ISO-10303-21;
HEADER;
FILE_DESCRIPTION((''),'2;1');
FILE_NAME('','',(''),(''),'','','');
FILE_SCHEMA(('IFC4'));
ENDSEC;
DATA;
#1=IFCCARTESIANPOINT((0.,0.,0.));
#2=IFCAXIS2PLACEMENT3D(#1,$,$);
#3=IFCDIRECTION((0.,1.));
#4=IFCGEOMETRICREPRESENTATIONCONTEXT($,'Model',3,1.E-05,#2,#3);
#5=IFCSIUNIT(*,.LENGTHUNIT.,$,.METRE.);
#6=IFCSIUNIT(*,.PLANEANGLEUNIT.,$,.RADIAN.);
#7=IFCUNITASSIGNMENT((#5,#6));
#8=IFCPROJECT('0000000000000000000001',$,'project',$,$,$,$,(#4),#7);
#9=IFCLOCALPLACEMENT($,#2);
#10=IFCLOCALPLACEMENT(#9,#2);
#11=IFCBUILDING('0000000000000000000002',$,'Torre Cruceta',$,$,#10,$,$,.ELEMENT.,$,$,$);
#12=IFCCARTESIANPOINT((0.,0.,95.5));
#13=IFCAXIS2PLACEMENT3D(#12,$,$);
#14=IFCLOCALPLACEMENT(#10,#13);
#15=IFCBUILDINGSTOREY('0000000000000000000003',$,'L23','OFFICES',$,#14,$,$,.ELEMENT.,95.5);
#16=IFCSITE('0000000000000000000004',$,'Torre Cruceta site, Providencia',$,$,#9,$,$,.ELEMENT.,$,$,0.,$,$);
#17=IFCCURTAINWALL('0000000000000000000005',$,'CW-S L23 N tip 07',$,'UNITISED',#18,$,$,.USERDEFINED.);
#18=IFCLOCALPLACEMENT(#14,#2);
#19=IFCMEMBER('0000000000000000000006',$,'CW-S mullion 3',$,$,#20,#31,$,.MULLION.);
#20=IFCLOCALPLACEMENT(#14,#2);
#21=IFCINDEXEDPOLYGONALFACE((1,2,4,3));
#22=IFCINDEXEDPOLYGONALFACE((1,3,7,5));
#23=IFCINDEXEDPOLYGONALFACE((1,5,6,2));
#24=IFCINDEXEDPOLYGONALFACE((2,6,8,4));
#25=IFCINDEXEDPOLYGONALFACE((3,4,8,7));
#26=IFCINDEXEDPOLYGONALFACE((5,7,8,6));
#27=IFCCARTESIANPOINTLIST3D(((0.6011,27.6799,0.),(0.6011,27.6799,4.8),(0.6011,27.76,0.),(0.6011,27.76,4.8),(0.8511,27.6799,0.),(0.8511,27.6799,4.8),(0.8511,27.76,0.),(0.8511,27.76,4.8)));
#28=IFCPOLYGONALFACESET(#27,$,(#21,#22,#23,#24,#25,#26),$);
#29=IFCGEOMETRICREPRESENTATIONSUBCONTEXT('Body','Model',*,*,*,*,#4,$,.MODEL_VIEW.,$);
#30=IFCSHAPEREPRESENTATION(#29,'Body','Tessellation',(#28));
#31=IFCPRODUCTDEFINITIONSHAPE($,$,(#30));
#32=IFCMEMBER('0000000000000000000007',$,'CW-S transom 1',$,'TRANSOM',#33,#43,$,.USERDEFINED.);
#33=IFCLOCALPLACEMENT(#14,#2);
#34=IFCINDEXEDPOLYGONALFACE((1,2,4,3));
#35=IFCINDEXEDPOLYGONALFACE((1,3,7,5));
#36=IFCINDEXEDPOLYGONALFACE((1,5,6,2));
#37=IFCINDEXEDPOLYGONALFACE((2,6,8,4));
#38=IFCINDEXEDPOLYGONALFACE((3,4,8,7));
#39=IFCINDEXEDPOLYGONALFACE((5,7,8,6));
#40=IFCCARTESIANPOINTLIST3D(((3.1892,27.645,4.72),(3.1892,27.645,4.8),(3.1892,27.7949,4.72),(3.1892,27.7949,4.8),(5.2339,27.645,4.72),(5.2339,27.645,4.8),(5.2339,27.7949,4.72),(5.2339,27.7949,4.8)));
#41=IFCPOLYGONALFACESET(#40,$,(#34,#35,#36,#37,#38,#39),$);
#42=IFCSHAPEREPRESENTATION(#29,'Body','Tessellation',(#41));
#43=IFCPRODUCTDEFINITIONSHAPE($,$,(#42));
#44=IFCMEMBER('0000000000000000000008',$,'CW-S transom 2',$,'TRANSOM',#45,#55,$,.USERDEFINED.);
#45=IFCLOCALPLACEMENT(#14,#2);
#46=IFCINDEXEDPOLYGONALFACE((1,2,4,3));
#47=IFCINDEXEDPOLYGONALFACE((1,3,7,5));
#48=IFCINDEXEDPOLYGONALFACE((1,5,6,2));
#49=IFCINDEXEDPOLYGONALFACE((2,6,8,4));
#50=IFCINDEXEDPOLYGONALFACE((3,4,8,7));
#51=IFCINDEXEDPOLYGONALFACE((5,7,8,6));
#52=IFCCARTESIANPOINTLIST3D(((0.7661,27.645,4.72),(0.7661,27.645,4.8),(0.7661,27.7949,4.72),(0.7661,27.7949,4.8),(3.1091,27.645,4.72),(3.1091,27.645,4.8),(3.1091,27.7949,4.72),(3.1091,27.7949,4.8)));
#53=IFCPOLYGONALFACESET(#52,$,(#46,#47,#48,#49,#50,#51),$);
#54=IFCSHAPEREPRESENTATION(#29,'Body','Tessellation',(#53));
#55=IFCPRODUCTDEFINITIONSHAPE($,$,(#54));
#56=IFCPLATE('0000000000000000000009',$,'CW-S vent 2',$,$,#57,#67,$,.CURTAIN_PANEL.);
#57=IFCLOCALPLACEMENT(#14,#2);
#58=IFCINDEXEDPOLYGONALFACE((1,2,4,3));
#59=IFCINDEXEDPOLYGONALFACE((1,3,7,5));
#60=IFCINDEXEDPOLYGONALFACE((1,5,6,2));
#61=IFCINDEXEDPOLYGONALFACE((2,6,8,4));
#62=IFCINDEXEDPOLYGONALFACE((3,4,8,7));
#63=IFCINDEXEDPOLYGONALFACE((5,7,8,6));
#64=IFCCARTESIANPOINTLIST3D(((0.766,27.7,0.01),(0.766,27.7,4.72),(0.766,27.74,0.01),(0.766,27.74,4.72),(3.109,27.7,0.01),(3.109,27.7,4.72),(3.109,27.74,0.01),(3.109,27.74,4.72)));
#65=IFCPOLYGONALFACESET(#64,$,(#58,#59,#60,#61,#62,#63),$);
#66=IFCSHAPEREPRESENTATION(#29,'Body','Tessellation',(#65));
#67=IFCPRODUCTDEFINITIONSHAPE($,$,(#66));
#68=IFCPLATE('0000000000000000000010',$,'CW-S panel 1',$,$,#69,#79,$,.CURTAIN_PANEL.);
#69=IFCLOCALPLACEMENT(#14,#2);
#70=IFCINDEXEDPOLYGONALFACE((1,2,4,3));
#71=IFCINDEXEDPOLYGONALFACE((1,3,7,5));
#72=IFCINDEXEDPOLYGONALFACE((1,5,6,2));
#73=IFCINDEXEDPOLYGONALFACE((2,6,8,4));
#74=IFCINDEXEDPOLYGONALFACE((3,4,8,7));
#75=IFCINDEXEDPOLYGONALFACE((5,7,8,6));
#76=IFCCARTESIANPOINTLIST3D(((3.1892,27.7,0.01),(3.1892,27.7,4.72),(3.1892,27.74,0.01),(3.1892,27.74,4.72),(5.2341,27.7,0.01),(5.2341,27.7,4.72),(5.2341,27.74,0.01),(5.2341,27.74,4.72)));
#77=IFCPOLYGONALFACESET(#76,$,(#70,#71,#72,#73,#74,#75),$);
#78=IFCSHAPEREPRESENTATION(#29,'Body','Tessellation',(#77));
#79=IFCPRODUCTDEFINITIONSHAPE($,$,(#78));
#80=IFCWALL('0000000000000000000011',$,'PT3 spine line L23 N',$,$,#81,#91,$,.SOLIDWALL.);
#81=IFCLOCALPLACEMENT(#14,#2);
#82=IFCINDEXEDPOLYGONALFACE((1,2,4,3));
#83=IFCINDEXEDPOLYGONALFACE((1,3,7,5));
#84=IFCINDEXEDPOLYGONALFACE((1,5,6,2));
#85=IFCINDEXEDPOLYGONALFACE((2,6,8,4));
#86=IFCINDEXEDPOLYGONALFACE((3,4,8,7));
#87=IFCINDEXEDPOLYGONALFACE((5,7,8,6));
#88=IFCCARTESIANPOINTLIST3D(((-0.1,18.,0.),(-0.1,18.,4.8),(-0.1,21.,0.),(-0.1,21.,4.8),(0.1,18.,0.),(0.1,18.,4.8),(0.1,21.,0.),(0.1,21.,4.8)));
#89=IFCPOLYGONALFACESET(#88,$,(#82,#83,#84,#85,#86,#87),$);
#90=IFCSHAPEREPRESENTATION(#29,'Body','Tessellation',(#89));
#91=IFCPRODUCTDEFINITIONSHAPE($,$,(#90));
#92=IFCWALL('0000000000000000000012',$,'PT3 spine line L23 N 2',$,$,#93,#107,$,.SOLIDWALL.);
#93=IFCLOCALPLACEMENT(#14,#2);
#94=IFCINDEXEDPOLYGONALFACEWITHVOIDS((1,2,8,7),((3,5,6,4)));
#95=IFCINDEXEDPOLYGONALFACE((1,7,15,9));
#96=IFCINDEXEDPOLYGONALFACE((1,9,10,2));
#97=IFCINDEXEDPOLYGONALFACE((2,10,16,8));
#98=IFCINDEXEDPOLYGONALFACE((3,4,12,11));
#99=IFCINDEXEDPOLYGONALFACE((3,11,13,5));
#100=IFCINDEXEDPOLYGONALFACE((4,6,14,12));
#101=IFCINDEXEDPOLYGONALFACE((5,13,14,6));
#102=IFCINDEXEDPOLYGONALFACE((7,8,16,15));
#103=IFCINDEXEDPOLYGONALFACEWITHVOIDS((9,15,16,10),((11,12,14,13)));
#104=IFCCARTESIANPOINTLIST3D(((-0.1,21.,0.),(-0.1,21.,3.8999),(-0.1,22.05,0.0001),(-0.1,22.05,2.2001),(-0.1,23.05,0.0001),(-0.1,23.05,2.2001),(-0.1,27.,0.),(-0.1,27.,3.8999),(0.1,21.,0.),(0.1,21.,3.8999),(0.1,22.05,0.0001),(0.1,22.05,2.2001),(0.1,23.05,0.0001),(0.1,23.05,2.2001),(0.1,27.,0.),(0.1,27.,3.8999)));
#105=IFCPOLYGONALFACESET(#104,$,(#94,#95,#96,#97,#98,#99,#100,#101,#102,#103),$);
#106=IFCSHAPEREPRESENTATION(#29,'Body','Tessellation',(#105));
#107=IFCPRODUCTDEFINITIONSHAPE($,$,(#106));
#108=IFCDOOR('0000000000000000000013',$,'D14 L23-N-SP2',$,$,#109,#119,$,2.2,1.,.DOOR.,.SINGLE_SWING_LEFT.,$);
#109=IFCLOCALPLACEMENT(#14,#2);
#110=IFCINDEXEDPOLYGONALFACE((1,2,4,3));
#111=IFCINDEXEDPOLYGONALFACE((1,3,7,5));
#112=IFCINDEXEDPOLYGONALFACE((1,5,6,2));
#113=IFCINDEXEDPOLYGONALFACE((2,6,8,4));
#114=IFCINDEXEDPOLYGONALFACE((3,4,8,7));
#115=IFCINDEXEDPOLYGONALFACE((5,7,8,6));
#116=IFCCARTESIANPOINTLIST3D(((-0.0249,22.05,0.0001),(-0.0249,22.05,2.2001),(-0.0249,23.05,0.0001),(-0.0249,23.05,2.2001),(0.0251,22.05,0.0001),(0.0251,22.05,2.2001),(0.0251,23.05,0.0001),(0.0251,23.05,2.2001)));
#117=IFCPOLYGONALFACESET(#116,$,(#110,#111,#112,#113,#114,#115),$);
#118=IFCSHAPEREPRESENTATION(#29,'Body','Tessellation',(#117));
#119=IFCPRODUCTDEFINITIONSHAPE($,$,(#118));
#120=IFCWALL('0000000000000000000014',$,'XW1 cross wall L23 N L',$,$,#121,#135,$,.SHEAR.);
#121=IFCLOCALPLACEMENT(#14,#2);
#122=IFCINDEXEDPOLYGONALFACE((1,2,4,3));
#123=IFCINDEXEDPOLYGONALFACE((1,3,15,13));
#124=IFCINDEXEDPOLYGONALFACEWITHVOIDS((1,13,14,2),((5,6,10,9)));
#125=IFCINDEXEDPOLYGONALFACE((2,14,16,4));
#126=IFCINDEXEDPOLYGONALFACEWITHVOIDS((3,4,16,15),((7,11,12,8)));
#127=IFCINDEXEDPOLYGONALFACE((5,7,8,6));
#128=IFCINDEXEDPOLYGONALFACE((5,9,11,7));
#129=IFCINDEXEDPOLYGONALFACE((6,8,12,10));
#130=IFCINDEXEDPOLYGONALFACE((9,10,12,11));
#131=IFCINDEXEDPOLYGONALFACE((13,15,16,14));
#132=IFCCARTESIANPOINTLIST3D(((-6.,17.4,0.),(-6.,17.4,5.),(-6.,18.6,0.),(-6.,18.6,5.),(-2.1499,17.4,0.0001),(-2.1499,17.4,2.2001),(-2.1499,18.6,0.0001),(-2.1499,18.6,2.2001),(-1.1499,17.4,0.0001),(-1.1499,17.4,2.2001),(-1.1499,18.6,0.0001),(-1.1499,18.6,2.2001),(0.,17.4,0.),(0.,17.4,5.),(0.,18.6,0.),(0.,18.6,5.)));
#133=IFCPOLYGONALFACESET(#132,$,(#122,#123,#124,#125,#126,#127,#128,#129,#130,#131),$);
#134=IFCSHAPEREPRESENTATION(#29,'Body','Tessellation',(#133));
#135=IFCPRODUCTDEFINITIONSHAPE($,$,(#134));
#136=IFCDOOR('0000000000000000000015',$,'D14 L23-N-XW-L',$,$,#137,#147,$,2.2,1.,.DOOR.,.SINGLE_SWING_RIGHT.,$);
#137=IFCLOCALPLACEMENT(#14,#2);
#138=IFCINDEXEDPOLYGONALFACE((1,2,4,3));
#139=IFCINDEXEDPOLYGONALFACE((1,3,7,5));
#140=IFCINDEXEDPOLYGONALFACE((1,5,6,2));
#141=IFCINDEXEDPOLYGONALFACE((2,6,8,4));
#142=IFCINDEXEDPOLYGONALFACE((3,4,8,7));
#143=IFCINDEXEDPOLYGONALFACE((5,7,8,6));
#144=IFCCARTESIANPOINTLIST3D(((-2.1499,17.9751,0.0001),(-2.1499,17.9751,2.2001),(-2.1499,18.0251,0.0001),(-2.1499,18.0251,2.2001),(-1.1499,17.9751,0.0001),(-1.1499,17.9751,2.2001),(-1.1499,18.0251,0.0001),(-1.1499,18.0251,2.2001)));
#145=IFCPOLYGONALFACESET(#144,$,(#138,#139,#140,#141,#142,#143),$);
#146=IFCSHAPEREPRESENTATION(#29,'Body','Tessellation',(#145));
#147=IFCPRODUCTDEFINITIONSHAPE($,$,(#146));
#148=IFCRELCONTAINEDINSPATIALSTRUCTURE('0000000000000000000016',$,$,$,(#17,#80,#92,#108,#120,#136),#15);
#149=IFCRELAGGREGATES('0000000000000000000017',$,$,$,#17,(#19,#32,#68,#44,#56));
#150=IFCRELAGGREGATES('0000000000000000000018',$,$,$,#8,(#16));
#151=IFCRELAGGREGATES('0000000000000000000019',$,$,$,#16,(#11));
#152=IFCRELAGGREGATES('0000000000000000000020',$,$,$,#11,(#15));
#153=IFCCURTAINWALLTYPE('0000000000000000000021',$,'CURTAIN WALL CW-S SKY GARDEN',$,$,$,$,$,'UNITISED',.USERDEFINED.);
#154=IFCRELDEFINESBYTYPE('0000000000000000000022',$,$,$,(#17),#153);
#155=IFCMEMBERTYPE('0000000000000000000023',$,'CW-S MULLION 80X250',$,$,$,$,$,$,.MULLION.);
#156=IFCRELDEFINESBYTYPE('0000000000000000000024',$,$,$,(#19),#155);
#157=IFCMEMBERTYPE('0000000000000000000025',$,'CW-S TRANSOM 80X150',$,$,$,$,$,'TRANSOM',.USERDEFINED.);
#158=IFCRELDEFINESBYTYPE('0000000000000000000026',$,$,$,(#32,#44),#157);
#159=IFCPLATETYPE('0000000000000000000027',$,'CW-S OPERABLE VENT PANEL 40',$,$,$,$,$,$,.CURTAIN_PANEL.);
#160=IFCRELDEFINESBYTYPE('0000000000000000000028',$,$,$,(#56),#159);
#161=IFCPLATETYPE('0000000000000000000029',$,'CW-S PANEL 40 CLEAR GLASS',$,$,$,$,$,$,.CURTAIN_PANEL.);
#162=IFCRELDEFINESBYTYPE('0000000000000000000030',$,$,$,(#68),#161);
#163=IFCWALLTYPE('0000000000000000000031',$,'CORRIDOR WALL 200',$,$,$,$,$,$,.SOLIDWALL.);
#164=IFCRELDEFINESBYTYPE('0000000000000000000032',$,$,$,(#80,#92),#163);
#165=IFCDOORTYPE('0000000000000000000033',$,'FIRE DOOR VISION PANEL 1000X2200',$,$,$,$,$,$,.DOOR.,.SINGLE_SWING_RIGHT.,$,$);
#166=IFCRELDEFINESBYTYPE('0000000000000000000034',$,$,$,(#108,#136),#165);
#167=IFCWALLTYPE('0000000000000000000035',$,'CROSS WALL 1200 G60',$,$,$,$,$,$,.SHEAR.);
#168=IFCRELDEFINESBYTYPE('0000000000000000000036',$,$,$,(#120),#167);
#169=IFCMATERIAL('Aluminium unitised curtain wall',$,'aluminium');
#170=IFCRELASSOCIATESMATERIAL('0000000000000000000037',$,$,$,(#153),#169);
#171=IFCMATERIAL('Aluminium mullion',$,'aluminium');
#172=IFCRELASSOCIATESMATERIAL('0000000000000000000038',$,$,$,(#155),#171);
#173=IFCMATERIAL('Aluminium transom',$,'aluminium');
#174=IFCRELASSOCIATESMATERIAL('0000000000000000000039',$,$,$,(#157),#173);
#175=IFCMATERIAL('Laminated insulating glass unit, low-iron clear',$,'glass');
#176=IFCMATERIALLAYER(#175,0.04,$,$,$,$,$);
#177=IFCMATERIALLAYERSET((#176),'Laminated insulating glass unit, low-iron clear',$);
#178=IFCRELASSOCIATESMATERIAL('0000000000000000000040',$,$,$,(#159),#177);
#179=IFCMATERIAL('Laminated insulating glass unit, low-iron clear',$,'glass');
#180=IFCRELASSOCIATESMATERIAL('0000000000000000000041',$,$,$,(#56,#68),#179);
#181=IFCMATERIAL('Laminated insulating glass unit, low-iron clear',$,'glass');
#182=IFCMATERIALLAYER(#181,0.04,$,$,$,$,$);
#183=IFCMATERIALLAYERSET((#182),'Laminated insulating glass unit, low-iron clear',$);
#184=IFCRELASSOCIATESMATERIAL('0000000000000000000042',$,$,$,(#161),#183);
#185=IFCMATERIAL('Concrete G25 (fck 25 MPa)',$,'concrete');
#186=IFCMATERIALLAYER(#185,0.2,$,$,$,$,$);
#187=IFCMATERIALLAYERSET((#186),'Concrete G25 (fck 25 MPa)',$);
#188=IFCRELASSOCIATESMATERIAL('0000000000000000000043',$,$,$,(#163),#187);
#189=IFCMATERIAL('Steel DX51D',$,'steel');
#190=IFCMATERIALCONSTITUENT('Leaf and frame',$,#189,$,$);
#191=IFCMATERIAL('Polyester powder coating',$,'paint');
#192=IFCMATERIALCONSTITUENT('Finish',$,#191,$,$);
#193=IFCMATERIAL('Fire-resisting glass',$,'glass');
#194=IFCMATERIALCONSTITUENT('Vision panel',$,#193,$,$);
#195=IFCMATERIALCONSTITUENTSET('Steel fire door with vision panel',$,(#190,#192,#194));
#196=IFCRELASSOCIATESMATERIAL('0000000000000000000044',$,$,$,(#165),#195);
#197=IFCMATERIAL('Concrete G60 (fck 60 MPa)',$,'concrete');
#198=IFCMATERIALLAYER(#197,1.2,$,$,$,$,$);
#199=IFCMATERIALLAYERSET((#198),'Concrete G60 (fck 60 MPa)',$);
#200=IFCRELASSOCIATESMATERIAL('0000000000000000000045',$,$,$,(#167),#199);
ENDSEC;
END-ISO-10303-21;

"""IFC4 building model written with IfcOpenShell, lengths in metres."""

from ifc_helpers import new_model, si_unit, direction, frame, frame_2d, origin, origin_2d, place, context, subcontext, project, spatial, rectangle, extrude, material, layer, layer_set, constituent, constituent_set, material_profile, profile_set, type_object, element, fill, aggregate, save


model = new_model("IFC4")

# Units and contexts
model_context = context("Model", 3, precision=1e-05, world=origin(), true_north=direction((0.0, 1.0)))
body_context = subcontext(model_context, "Body", "Model", "MODEL_VIEW")
ifc_project = project(units=[si_unit("LENGTHUNIT", "METRE"), si_unit("PLANEANGLEUNIT", "RADIAN")], contexts=[model_context])

# Site, building, storey
site_placement = place(None, origin())
site = spatial("IfcSite", under=ifc_project, at=site_placement, Name="Torre Cruceta site, Providencia", CompositionType="ELEMENT", RefElevation=0.0)
building_placement = place(site_placement, origin())
building = spatial("IfcBuilding", under=site, at=building_placement, Name="Torre Cruceta", CompositionType="ELEMENT")
storey_placement = place(building_placement, frame((0.0, 0.0, 95.5)))
storey = spatial("IfcBuildingStorey", under=building, at=storey_placement, Name="L23", Description="OFFICES", CompositionType="ELEMENT", Elevation=95.5)

# Curtain wall, members, plates
ifc_material_1 = material(Name="Aluminium unitised curtain wall", Category="aluminium")
curtain_wall_type = type_object("IfcCurtainWallType", Name="CURTAIN WALL CW-S SKY GARDEN", ElementType="UNITISED", PredefinedType="USERDEFINED", material=ifc_material_1)
curtain_wall_placement = place(storey_placement, origin())
curtain_wall = element("IfcCurtainWall", 1, at=curtain_wall_placement, inside=storey, type_object=curtain_wall_type, Name="CW-S L23 N tip 07", ObjectType="UNITISED", PredefinedType="USERDEFINED")
ifc_material_2 = material(Name="Aluminium mullion", Category="aluminium")
ifc_material_profile_1 = material_profile(ifc_material_2, rectangle(XDim=0.0801, YDim=0.25, at=origin_2d()), Name="AL 80X250")
ifc_profile_set_1 = profile_set([ifc_material_profile_1], Name="Aluminium mullion")
member_type_1 = type_object("IfcMemberType", Name="CW-S MULLION 80X250", PredefinedType="MULLION", material=ifc_profile_set_1)
member_1_placement = place(storey_placement, frame((0.7261, 27.72, 0.0), z_axis=(0.0, 0.0, 1.0), x_axis=(0.0, -1.0, 0.0)))
member_1 = element("IfcMember", 2, at=member_1_placement, type_object=member_type_1, Name="CW-S mullion 3", PredefinedType="MULLION", context=body_context, shape_type="SweptSolid", body=[
    extrude(rectangle(XDim=0.0801, YDim=0.25, at=origin_2d()), origin(), (0.0, 0.0, 1.0), 4.8),
])
ifc_material_3 = material(Name="Aluminium transom", Category="aluminium")
ifc_material_profile_2 = material_profile(ifc_material_3, rectangle(XDim=0.1499, YDim=0.0801, at=origin_2d()), Name="AL 150X80")
ifc_profile_set_2 = profile_set([ifc_material_profile_2], Name="Aluminium transom")
member_type_2 = type_object("IfcMemberType", Name="CW-S TRANSOM 80X150", ElementType="TRANSOM", PredefinedType="USERDEFINED", material=ifc_profile_set_2)
member_2_placement = place(storey_placement, frame((5.2339, 27.72, 4.76), z_axis=(-1.0, 0.0, 0.0), x_axis=(0.0, -1.0, 0.0)))
member_2 = element("IfcMember", 3, at=member_2_placement, type_object=member_type_2, Name="CW-S transom 1", ObjectType="TRANSOM", PredefinedType="USERDEFINED", context=body_context, shape_type="SweptSolid", body=[
    extrude(rectangle(XDim=0.1499, YDim=0.0801, at=origin_2d()), origin(), (0.0, 0.0, 1.0), 2.0447),
])
member_3_placement = place(storey_placement, frame((3.1091, 27.72, 4.76), z_axis=(-1.0, 0.0, 0.0), x_axis=(0.0, -1.0, 0.0)))
member_3 = element("IfcMember", 4, at=member_3_placement, type_object=member_type_2, Name="CW-S transom 2", ObjectType="TRANSOM", PredefinedType="USERDEFINED", context=body_context, shape_type="SweptSolid", body=[
    extrude(rectangle(XDim=0.1499, YDim=0.0801, at=origin_2d()), origin(), (0.0, 0.0, 1.0), 2.343),
])
ifc_material_4 = material(Name="Laminated insulating glass unit, low-iron clear", Category="glass")
ifc_material_5 = material(Name="Laminated insulating glass unit, low-iron clear", Category="glass")
ifc_layer_1 = layer(ifc_material_5, 0.04)
ifc_layer_set_1 = layer_set([ifc_layer_1], Name="Laminated insulating glass unit, low-iron clear")
plate_type_1 = type_object("IfcPlateType", Name="CW-S OPERABLE VENT PANEL 40", PredefinedType="CURTAIN_PANEL", material=ifc_layer_set_1)
plate_1_placement = place(storey_placement, frame((1.9375, 27.72, 0.01), z_axis=(0.0, 0.0, 1.0), x_axis=(-1.0, 0.0, 0.0)))
plate_1 = element("IfcPlate", 5, at=plate_1_placement, type_object=plate_type_1, material=ifc_material_4, Name="CW-S vent 2", PredefinedType="CURTAIN_PANEL", context=body_context, shape_type="SweptSolid", body=[
    extrude(rectangle(XDim=2.343, YDim=0.04, at=origin_2d()), origin(), (0.0, 0.0, 1.0), 4.71),
])
ifc_material_6 = material(Name="Laminated insulating glass unit, low-iron clear", Category="glass")
ifc_layer_2 = layer(ifc_material_6, 0.04)
ifc_layer_set_2 = layer_set([ifc_layer_2], Name="Laminated insulating glass unit, low-iron clear")
plate_type_2 = type_object("IfcPlateType", Name="CW-S PANEL 40 CLEAR GLASS", PredefinedType="CURTAIN_PANEL", material=ifc_layer_set_2)
plate_2_placement = place(storey_placement, frame((4.2117, 27.72, 0.01), z_axis=(0.0, 0.0, 1.0), x_axis=(-1.0, 0.0, 0.0)))
plate_2 = element("IfcPlate", 6, at=plate_2_placement, type_object=plate_type_2, material=ifc_material_4, Name="CW-S panel 1", PredefinedType="CURTAIN_PANEL", context=body_context, shape_type="SweptSolid", body=[
    extrude(rectangle(XDim=2.0449, YDim=0.04, at=origin_2d()), origin(), (0.0, 0.0, 1.0), 4.71),
])
aggregate(curtain_wall, [member_1, member_2, plate_2, member_3, plate_1])

# Wall
ifc_material_7 = material(Name="Concrete G25 (fck 25 MPa)", Category="concrete")
ifc_layer_3 = layer(ifc_material_7, 0.2)
ifc_layer_set_3 = layer_set([ifc_layer_3], Name="Concrete G25 (fck 25 MPa)")
wall_type_1 = type_object("IfcWallType", Name="CORRIDOR WALL 200", PredefinedType="SOLIDWALL", material=ifc_layer_set_3)
wall_1_placement = place(storey_placement, frame((0.0, 18.0, 0.0), z_axis=(0.0, 0.0, 1.0), x_axis=(0.0, 1.0, 0.0)))
element("IfcWall", 7, at=wall_1_placement, inside=storey, type_object=wall_type_1, Name="PT3 spine line L23 N", PredefinedType="SOLIDWALL", context=body_context, shape_type="SweptSolid", body=[
    extrude(rectangle(XDim=3.0, YDim=0.2, at=frame_2d((1.5, 0.0))), origin(), (0.0, 0.0, 1.0), 4.8),
])

# Walls, openings, doors
wall_2_placement = place(storey_placement, frame((0.0, 21.0, 0.0), z_axis=(0.0, 0.0, 1.0), x_axis=(0.0, 1.0, 0.0)))
wall_2 = element("IfcWall", 8, at=wall_2_placement, inside=storey, type_object=wall_type_1, Name="PT3 spine line L23 N 2", PredefinedType="SOLIDWALL", context=body_context, shape_type="SweptSolid", body=[
    extrude(rectangle(XDim=6.0, YDim=0.2, at=frame_2d((3.0, 0.0))), origin(), (0.0, 0.0, 1.0), 3.8999),
])
opening_1_placement = place(wall_2_placement, frame((1.05, 0.0, 0.0)))
opening_1 = element("IfcOpeningElement", 9, at=opening_1_placement, cuts=wall_2, PredefinedType="OPENING", context=body_context, shape_type="SweptSolid", body=[
    extrude(rectangle(XDim=1.0, YDim=2.2, at=frame_2d((0.5, 1.1001))), frame((0.0, 0.1099, 0.0), z_axis=(0.0, -1.0, 0.0), x_axis=(1.0, 0.0, 0.0)), (0.0, 0.0, 1.0), 0.22),
])
ifc_material_8 = material(Name="Steel DX51D", Category="steel")
ifc_constituent_1 = constituent(ifc_material_8, Name="Leaf and frame")
ifc_material_9 = material(Name="Polyester powder coating", Category="paint")
ifc_constituent_2 = constituent(ifc_material_9, Name="Finish")
ifc_material_10 = material(Name="Fire-resisting glass", Category="glass")
ifc_constituent_3 = constituent(ifc_material_10, Name="Vision panel")
ifc_constituent_set_1 = constituent_set(constituents=[ifc_constituent_1, ifc_constituent_2, ifc_constituent_3], Name="Steel fire door with vision panel")
door_type_1 = type_object("IfcDoorType", Name="FIRE DOOR VISION PANEL 1000X2200", OperationType="SINGLE_SWING_RIGHT", PredefinedType="DOOR", material=ifc_constituent_set_1)
door_1_placement = place(opening_1_placement, origin())
door_1 = element("IfcDoor", 10, at=door_1_placement, inside=storey, type_object=door_type_1, Name="D14 L23-N-SP2", OperationType="SINGLE_SWING_LEFT", OverallHeight=2.2, OverallWidth=1.0, PredefinedType="DOOR", context=body_context, shape_type="SweptSolid", body=[
    extrude(rectangle(XDim=1.0, YDim=2.2, at=frame_2d((0.5, 1.1001))), frame((0.0, 0.0249, 0.0), z_axis=(0.0, -1.0, 0.0), x_axis=(1.0, 0.0, 0.0)), (0.0, 0.0, 1.0), 0.05),
])
fill(opening_1, door_1)
ifc_material_11 = material(Name="Concrete G60 (fck 60 MPa)", Category="concrete")
ifc_layer_4 = layer(ifc_material_11, 1.2)
ifc_layer_set_4 = layer_set([ifc_layer_4], Name="Concrete G60 (fck 60 MPa)")
wall_type_2 = type_object("IfcWallType", Name="CROSS WALL 1200 G60", PredefinedType="SHEAR", material=ifc_layer_set_4)
wall_3_placement = place(storey_placement, frame((0.0, 18.0, 0.0), z_axis=(0.0, 0.0, 1.0), x_axis=(-1.0, 0.0, 0.0)))
wall_3 = element("IfcWall", 11, at=wall_3_placement, inside=storey, type_object=wall_type_2, Name="XW1 cross wall L23 N L", PredefinedType="SHEAR", context=body_context, shape_type="SweptSolid", body=[
    extrude(rectangle(XDim=6.0, YDim=1.2, at=frame_2d((3.0, 0.0))), origin(), (0.0, 0.0, 1.0), 5.0),
])
opening_2_placement = place(wall_3_placement, frame((1.1499, 0.0, 0.0)))
opening_2 = element("IfcOpeningElement", 12, at=opening_2_placement, cuts=wall_3, PredefinedType="OPENING", context=body_context, shape_type="SweptSolid", body=[
    extrude(rectangle(XDim=1.0, YDim=2.2, at=frame_2d((0.5, 1.1001))), frame((0.0, 0.6099, 0.0), z_axis=(0.0, -1.0, 0.0), x_axis=(1.0, 0.0, 0.0)), (0.0, 0.0, 1.0), 1.22),
])
door_2_placement = place(opening_2_placement, frame((1.0, 0.0, 0.0), z_axis=(0.0, 0.0, 1.0), x_axis=(-1.0, 0.0, 0.0)))
door_2 = element("IfcDoor", 13, at=door_2_placement, inside=storey, type_object=door_type_1, Name="D14 L23-N-XW-L", OperationType="SINGLE_SWING_RIGHT", OverallHeight=2.2, OverallWidth=1.0, PredefinedType="DOOR", context=body_context, shape_type="SweptSolid", body=[
    extrude(rectangle(XDim=1.0, YDim=2.2, at=frame_2d((0.5, 1.1001))), frame((0.0, 0.0251, 0.0), z_axis=(0.0, -1.0, 0.0), x_axis=(1.0, 0.0, 0.0)), (0.0, 0.0, 1.0), 0.05),
])
fill(opening_2, door_2)

save(model, "model.ifc")
